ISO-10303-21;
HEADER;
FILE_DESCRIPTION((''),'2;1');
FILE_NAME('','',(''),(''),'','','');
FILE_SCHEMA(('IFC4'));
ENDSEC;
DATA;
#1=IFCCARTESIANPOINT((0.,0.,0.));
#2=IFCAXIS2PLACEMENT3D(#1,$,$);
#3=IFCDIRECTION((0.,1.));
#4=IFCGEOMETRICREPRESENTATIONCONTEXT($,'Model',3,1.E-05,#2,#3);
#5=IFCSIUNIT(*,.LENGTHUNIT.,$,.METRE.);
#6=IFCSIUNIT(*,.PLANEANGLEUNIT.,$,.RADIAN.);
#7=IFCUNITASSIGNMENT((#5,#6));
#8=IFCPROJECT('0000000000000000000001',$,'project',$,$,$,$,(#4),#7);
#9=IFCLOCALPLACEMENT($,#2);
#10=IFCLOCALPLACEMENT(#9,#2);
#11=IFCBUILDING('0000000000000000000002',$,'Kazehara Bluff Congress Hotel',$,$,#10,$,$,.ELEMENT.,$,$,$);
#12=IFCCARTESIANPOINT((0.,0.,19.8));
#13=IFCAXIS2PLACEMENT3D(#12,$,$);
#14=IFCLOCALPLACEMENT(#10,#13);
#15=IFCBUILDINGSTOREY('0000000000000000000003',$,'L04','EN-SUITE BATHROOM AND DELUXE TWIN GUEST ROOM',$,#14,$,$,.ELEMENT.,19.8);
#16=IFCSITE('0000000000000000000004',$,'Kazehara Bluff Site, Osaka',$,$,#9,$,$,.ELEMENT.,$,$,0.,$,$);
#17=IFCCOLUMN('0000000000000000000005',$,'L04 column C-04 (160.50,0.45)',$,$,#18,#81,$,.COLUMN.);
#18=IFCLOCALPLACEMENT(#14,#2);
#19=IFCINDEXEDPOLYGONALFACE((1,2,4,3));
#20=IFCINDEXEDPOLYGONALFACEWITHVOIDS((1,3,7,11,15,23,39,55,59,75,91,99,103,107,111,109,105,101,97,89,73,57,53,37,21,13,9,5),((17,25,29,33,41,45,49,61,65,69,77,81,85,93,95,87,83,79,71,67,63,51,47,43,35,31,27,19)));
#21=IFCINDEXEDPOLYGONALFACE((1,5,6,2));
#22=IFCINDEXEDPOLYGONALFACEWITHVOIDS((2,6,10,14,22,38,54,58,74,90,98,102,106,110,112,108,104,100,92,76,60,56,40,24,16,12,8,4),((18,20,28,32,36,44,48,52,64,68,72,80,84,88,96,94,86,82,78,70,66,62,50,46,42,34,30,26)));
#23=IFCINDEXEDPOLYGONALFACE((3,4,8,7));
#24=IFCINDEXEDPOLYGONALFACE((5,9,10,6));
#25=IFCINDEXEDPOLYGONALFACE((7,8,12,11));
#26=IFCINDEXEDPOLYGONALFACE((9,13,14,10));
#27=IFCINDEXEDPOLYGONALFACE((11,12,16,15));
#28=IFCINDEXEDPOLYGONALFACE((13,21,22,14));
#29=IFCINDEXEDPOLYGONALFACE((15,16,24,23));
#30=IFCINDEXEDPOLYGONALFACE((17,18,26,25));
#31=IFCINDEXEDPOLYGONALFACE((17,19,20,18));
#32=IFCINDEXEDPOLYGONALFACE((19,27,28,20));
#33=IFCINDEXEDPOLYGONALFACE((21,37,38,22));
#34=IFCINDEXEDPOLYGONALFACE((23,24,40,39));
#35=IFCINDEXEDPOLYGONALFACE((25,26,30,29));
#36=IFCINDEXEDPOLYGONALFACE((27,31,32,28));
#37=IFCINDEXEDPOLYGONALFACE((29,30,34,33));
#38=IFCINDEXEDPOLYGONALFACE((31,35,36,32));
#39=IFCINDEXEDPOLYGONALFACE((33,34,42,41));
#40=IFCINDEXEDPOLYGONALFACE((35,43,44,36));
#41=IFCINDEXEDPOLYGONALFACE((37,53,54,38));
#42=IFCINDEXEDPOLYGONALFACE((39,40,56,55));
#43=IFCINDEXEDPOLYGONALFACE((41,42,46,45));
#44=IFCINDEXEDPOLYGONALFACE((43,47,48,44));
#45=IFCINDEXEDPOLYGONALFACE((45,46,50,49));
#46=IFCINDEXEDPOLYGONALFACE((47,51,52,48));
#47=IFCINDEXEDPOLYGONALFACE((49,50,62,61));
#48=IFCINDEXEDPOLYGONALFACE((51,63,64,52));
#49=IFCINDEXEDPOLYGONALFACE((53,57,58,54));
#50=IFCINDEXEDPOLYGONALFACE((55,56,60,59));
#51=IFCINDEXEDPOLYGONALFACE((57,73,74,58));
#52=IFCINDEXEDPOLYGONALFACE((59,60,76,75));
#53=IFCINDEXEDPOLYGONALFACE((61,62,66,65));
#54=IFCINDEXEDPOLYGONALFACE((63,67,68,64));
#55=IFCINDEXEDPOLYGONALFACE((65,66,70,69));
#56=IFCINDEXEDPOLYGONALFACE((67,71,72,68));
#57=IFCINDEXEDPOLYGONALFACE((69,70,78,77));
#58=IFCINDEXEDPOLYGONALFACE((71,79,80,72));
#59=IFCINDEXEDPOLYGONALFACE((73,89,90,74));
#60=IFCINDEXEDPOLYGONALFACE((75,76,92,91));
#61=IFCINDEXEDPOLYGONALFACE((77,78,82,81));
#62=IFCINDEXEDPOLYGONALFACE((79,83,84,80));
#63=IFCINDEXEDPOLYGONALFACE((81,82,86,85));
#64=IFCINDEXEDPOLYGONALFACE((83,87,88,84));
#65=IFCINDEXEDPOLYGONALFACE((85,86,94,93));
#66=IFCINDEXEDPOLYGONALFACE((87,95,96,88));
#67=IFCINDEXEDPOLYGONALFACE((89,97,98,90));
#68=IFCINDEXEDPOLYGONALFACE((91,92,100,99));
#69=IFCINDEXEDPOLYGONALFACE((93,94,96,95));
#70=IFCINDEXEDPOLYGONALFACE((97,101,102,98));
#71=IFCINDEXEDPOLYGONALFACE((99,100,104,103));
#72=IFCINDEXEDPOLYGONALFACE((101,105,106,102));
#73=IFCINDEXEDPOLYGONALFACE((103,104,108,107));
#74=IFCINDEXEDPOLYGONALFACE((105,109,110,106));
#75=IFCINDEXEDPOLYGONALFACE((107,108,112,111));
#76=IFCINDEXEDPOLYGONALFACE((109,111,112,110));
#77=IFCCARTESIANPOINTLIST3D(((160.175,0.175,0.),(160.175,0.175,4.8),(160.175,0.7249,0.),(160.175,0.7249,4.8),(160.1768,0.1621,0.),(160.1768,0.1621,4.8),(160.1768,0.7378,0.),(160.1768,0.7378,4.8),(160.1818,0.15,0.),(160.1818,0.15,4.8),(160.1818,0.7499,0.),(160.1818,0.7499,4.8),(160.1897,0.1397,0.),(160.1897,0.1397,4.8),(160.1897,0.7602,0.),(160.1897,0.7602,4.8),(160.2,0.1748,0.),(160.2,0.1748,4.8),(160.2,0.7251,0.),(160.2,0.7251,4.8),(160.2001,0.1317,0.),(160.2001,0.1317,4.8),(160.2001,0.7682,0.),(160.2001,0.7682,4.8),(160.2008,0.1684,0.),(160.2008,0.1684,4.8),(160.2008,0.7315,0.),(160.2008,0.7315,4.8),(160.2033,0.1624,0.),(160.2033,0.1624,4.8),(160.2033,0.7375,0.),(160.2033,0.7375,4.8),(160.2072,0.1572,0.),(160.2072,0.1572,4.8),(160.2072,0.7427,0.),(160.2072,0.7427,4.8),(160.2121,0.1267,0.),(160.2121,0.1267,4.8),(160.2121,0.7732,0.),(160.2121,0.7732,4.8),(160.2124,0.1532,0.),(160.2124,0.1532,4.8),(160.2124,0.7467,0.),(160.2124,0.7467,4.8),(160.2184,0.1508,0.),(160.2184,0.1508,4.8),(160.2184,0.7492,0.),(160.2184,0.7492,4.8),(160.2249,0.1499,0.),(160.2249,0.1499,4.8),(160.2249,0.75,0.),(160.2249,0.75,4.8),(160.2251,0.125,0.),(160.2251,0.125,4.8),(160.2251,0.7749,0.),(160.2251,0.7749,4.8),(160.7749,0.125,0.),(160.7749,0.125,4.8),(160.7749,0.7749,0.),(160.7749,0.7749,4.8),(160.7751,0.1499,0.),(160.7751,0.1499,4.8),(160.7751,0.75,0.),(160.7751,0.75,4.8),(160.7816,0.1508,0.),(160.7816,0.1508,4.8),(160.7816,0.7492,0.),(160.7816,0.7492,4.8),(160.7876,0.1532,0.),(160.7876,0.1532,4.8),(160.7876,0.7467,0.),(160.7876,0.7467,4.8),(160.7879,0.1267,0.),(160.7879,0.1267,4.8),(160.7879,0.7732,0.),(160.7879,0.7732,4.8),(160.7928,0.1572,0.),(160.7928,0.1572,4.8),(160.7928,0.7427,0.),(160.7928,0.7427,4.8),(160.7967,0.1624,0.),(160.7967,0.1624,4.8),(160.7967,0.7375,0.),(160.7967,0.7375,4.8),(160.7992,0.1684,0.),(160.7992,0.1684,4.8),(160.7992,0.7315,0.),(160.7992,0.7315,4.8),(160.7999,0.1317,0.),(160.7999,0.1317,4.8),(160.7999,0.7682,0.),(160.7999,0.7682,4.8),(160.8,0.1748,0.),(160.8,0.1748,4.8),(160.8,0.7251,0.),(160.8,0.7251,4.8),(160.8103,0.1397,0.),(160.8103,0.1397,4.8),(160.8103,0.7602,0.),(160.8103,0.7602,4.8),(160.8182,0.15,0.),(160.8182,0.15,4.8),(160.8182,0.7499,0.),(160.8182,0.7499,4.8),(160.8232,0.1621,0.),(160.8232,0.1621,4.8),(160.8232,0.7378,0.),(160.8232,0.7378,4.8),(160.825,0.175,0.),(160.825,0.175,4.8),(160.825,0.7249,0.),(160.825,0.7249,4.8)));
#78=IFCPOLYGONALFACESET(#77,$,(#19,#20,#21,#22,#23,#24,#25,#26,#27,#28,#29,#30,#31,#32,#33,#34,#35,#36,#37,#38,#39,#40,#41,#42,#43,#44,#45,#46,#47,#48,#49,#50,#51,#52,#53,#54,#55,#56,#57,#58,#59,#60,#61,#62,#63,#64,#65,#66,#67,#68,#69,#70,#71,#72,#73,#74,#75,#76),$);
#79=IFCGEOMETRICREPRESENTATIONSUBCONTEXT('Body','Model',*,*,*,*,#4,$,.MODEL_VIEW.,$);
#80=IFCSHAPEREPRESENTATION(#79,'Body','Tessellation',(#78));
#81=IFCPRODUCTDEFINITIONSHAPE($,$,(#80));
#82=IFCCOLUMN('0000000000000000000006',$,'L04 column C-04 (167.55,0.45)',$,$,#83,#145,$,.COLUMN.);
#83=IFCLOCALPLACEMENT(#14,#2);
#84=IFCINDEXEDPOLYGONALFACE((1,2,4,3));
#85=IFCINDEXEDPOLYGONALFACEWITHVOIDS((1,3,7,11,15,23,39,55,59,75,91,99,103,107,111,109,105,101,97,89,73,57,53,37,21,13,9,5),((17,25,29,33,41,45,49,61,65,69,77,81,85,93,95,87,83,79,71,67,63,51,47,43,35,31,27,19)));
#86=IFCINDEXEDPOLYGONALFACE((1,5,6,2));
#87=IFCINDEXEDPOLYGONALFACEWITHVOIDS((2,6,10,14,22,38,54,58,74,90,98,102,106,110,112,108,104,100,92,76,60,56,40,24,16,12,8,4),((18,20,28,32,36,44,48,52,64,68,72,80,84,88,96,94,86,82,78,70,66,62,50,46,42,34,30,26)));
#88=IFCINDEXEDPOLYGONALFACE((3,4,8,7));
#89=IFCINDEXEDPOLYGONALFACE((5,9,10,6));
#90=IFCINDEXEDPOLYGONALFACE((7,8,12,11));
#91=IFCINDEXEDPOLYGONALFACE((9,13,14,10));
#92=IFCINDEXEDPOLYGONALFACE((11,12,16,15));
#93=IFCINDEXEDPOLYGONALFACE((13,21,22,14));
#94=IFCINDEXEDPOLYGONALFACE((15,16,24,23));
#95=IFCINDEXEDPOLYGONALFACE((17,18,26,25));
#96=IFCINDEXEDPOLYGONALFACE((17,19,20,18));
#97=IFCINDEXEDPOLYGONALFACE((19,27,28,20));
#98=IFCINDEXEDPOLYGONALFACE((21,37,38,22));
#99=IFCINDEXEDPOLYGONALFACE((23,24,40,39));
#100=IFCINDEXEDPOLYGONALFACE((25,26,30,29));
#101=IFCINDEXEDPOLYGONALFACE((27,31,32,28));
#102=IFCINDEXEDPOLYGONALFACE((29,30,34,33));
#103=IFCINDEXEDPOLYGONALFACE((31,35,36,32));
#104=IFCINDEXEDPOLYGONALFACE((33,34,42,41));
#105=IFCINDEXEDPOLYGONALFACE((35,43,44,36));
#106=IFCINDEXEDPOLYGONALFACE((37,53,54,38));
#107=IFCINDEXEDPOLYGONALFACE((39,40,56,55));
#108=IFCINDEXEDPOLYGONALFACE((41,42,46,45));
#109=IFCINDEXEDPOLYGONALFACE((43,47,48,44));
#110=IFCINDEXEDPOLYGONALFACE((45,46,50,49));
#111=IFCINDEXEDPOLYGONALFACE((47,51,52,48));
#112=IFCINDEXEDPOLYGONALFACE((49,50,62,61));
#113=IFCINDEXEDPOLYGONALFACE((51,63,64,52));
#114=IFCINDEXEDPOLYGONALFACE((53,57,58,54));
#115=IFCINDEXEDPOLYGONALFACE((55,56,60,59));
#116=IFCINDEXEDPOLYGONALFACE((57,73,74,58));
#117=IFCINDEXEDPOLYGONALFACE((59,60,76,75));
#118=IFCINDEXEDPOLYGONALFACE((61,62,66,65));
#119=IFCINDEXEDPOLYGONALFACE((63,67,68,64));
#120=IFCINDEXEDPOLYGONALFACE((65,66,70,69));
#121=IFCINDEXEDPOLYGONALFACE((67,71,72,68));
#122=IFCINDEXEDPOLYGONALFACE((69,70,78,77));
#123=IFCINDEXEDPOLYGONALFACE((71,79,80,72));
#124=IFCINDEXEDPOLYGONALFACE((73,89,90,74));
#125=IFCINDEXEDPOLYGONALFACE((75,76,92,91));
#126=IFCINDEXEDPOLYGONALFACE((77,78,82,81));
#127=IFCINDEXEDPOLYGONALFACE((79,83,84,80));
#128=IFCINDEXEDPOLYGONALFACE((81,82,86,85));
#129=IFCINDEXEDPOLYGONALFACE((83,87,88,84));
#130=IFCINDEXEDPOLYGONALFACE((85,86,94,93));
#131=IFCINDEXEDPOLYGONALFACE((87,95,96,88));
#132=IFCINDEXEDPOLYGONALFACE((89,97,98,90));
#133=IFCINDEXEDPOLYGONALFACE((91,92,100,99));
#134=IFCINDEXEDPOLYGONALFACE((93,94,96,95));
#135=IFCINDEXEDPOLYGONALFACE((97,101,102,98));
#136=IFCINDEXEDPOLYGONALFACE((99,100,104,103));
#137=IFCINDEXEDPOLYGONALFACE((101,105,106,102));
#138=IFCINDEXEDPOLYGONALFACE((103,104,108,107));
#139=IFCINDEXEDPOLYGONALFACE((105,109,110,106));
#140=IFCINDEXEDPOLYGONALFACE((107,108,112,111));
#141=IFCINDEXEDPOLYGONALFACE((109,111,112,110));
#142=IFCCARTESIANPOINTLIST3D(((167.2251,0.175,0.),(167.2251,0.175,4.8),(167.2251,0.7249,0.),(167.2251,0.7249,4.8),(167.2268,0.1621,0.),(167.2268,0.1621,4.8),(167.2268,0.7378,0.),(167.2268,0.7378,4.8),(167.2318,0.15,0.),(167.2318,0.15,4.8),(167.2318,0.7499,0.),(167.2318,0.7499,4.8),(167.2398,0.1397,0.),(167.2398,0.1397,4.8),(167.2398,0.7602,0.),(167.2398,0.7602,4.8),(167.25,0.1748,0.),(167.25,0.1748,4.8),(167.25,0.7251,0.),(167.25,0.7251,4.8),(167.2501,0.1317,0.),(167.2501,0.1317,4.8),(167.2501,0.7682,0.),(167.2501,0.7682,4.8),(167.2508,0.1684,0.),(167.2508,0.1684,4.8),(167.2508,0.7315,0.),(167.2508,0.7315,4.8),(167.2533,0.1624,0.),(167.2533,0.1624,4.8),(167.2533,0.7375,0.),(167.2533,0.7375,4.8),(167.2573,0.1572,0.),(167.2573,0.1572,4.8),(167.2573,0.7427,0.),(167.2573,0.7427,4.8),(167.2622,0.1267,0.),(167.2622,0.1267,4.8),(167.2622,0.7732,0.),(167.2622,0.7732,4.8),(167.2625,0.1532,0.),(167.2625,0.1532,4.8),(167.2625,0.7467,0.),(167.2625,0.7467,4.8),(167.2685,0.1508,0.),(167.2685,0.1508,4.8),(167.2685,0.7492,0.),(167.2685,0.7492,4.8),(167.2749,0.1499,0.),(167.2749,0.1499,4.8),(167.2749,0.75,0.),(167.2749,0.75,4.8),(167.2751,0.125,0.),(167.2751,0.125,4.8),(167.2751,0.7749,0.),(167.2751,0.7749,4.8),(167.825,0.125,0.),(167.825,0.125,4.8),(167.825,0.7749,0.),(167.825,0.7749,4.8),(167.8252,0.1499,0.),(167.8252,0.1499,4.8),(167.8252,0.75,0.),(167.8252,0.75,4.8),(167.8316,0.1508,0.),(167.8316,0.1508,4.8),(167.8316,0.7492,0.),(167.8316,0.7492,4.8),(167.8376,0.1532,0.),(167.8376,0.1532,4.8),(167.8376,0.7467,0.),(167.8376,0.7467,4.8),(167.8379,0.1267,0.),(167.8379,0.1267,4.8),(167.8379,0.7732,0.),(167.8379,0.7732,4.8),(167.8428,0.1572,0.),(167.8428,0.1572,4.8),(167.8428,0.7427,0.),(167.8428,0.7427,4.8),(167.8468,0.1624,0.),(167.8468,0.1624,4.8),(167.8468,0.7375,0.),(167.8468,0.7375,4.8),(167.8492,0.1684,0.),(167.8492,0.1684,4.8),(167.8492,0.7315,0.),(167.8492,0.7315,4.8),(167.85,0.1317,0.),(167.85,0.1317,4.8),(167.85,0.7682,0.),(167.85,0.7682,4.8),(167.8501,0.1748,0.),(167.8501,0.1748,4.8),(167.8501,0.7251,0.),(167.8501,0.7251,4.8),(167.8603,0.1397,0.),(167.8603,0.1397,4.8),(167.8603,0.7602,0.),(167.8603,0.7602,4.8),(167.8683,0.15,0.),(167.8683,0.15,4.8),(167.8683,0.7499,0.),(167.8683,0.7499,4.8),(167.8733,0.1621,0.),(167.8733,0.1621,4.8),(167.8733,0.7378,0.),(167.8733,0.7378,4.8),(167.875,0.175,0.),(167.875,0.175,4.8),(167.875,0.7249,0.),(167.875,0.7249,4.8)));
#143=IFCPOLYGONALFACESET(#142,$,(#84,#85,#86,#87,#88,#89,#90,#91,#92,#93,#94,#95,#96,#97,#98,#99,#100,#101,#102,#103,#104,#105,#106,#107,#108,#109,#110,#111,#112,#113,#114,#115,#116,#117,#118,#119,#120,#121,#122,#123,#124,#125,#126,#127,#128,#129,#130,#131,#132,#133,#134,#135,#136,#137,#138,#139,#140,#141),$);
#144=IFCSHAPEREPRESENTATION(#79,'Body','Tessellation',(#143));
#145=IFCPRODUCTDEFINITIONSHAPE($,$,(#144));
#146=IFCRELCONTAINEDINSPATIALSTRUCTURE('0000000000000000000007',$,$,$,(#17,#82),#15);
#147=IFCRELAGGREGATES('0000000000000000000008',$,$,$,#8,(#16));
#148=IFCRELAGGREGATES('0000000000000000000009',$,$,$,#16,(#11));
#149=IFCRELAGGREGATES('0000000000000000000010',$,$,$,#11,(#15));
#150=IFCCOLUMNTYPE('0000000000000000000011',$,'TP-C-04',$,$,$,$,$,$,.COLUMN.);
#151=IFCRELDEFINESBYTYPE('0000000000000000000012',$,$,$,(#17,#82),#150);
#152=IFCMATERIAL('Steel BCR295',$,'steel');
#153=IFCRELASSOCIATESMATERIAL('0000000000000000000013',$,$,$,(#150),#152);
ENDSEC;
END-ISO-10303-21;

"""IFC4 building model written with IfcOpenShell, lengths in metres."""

from ifc_helpers import new_model, si_unit, direction, frame, origin, origin_2d, place, context, subcontext, project, spatial, hollow_rectangle, extrude, material, material_profile, profile_set, type_object, element, save


model = new_model("IFC4")

# Units and contexts
model_context = context("Model", 3, precision=1e-05, world=origin(), true_north=direction((0.0, 1.0)))
body_context = subcontext(model_context, "Body", "Model", "MODEL_VIEW")
ifc_project = project(units=[si_unit("LENGTHUNIT", "METRE"), si_unit("PLANEANGLEUNIT", "RADIAN")], contexts=[model_context])

# Site, building, storey
site_placement = place(None, origin())
site = spatial("IfcSite", under=ifc_project, at=site_placement, Name="Kazehara Bluff Site, Osaka", CompositionType="ELEMENT", RefElevation=0.0)
building_placement = place(site_placement, origin())
building = spatial("IfcBuilding", under=site, at=building_placement, Name="Kazehara Bluff Congress Hotel", CompositionType="ELEMENT")
storey_placement = place(building_placement, frame((0.0, 0.0, 19.8)))
storey = spatial("IfcBuildingStorey", under=building, at=storey_placement, Name="L04", Description="EN-SUITE BATHROOM AND DELUXE TWIN GUEST ROOM", CompositionType="ELEMENT", Elevation=19.8)

# Columns
ifc_material_1 = material(Name="Steel BCR295", Category="steel")
ifc_material_profile_1 = material_profile(ifc_material_1, hollow_rectangle(XDim=0.6499, YDim=0.6499, WallThickness=0.0249, InnerFilletRadius=0.0249, OuterFilletRadius=0.05, at=origin_2d()))
ifc_profile_set_1 = profile_set([ifc_material_profile_1], Name="Steel BCR295")
column_type = type_object("IfcColumnType", Name="TP-C-04", PredefinedType="COLUMN", material=ifc_profile_set_1)
for number, where, z_axis, x_axis, name in (
    (1, (160.5, 0.45, 0.0), (0.0, 0.0, 1.0), (1.0, 0.0, 0.0), "L04 column C-04 (160.50,0.45)"),
    (2, (167.55, 0.45, 0.0), (0.0, 0.0, 1.0), (1.0, 0.0, 0.0), "L04 column C-04 (167.55,0.45)"),
):
    element("IfcColumn", number, at=place(storey_placement, frame(where, z_axis=z_axis, x_axis=x_axis)), inside=storey, type_object=column_type, Name=name, PredefinedType="COLUMN", context=body_context, shape_type="SweptSolid", body=[
        extrude(hollow_rectangle(XDim=0.6499, YDim=0.6499, WallThickness=0.0249, InnerFilletRadius=0.0249, OuterFilletRadius=0.05, at=origin_2d()), origin(), (0.0, 0.0, 1.0), 4.8),
    ])

save(model, "model.ifc")
